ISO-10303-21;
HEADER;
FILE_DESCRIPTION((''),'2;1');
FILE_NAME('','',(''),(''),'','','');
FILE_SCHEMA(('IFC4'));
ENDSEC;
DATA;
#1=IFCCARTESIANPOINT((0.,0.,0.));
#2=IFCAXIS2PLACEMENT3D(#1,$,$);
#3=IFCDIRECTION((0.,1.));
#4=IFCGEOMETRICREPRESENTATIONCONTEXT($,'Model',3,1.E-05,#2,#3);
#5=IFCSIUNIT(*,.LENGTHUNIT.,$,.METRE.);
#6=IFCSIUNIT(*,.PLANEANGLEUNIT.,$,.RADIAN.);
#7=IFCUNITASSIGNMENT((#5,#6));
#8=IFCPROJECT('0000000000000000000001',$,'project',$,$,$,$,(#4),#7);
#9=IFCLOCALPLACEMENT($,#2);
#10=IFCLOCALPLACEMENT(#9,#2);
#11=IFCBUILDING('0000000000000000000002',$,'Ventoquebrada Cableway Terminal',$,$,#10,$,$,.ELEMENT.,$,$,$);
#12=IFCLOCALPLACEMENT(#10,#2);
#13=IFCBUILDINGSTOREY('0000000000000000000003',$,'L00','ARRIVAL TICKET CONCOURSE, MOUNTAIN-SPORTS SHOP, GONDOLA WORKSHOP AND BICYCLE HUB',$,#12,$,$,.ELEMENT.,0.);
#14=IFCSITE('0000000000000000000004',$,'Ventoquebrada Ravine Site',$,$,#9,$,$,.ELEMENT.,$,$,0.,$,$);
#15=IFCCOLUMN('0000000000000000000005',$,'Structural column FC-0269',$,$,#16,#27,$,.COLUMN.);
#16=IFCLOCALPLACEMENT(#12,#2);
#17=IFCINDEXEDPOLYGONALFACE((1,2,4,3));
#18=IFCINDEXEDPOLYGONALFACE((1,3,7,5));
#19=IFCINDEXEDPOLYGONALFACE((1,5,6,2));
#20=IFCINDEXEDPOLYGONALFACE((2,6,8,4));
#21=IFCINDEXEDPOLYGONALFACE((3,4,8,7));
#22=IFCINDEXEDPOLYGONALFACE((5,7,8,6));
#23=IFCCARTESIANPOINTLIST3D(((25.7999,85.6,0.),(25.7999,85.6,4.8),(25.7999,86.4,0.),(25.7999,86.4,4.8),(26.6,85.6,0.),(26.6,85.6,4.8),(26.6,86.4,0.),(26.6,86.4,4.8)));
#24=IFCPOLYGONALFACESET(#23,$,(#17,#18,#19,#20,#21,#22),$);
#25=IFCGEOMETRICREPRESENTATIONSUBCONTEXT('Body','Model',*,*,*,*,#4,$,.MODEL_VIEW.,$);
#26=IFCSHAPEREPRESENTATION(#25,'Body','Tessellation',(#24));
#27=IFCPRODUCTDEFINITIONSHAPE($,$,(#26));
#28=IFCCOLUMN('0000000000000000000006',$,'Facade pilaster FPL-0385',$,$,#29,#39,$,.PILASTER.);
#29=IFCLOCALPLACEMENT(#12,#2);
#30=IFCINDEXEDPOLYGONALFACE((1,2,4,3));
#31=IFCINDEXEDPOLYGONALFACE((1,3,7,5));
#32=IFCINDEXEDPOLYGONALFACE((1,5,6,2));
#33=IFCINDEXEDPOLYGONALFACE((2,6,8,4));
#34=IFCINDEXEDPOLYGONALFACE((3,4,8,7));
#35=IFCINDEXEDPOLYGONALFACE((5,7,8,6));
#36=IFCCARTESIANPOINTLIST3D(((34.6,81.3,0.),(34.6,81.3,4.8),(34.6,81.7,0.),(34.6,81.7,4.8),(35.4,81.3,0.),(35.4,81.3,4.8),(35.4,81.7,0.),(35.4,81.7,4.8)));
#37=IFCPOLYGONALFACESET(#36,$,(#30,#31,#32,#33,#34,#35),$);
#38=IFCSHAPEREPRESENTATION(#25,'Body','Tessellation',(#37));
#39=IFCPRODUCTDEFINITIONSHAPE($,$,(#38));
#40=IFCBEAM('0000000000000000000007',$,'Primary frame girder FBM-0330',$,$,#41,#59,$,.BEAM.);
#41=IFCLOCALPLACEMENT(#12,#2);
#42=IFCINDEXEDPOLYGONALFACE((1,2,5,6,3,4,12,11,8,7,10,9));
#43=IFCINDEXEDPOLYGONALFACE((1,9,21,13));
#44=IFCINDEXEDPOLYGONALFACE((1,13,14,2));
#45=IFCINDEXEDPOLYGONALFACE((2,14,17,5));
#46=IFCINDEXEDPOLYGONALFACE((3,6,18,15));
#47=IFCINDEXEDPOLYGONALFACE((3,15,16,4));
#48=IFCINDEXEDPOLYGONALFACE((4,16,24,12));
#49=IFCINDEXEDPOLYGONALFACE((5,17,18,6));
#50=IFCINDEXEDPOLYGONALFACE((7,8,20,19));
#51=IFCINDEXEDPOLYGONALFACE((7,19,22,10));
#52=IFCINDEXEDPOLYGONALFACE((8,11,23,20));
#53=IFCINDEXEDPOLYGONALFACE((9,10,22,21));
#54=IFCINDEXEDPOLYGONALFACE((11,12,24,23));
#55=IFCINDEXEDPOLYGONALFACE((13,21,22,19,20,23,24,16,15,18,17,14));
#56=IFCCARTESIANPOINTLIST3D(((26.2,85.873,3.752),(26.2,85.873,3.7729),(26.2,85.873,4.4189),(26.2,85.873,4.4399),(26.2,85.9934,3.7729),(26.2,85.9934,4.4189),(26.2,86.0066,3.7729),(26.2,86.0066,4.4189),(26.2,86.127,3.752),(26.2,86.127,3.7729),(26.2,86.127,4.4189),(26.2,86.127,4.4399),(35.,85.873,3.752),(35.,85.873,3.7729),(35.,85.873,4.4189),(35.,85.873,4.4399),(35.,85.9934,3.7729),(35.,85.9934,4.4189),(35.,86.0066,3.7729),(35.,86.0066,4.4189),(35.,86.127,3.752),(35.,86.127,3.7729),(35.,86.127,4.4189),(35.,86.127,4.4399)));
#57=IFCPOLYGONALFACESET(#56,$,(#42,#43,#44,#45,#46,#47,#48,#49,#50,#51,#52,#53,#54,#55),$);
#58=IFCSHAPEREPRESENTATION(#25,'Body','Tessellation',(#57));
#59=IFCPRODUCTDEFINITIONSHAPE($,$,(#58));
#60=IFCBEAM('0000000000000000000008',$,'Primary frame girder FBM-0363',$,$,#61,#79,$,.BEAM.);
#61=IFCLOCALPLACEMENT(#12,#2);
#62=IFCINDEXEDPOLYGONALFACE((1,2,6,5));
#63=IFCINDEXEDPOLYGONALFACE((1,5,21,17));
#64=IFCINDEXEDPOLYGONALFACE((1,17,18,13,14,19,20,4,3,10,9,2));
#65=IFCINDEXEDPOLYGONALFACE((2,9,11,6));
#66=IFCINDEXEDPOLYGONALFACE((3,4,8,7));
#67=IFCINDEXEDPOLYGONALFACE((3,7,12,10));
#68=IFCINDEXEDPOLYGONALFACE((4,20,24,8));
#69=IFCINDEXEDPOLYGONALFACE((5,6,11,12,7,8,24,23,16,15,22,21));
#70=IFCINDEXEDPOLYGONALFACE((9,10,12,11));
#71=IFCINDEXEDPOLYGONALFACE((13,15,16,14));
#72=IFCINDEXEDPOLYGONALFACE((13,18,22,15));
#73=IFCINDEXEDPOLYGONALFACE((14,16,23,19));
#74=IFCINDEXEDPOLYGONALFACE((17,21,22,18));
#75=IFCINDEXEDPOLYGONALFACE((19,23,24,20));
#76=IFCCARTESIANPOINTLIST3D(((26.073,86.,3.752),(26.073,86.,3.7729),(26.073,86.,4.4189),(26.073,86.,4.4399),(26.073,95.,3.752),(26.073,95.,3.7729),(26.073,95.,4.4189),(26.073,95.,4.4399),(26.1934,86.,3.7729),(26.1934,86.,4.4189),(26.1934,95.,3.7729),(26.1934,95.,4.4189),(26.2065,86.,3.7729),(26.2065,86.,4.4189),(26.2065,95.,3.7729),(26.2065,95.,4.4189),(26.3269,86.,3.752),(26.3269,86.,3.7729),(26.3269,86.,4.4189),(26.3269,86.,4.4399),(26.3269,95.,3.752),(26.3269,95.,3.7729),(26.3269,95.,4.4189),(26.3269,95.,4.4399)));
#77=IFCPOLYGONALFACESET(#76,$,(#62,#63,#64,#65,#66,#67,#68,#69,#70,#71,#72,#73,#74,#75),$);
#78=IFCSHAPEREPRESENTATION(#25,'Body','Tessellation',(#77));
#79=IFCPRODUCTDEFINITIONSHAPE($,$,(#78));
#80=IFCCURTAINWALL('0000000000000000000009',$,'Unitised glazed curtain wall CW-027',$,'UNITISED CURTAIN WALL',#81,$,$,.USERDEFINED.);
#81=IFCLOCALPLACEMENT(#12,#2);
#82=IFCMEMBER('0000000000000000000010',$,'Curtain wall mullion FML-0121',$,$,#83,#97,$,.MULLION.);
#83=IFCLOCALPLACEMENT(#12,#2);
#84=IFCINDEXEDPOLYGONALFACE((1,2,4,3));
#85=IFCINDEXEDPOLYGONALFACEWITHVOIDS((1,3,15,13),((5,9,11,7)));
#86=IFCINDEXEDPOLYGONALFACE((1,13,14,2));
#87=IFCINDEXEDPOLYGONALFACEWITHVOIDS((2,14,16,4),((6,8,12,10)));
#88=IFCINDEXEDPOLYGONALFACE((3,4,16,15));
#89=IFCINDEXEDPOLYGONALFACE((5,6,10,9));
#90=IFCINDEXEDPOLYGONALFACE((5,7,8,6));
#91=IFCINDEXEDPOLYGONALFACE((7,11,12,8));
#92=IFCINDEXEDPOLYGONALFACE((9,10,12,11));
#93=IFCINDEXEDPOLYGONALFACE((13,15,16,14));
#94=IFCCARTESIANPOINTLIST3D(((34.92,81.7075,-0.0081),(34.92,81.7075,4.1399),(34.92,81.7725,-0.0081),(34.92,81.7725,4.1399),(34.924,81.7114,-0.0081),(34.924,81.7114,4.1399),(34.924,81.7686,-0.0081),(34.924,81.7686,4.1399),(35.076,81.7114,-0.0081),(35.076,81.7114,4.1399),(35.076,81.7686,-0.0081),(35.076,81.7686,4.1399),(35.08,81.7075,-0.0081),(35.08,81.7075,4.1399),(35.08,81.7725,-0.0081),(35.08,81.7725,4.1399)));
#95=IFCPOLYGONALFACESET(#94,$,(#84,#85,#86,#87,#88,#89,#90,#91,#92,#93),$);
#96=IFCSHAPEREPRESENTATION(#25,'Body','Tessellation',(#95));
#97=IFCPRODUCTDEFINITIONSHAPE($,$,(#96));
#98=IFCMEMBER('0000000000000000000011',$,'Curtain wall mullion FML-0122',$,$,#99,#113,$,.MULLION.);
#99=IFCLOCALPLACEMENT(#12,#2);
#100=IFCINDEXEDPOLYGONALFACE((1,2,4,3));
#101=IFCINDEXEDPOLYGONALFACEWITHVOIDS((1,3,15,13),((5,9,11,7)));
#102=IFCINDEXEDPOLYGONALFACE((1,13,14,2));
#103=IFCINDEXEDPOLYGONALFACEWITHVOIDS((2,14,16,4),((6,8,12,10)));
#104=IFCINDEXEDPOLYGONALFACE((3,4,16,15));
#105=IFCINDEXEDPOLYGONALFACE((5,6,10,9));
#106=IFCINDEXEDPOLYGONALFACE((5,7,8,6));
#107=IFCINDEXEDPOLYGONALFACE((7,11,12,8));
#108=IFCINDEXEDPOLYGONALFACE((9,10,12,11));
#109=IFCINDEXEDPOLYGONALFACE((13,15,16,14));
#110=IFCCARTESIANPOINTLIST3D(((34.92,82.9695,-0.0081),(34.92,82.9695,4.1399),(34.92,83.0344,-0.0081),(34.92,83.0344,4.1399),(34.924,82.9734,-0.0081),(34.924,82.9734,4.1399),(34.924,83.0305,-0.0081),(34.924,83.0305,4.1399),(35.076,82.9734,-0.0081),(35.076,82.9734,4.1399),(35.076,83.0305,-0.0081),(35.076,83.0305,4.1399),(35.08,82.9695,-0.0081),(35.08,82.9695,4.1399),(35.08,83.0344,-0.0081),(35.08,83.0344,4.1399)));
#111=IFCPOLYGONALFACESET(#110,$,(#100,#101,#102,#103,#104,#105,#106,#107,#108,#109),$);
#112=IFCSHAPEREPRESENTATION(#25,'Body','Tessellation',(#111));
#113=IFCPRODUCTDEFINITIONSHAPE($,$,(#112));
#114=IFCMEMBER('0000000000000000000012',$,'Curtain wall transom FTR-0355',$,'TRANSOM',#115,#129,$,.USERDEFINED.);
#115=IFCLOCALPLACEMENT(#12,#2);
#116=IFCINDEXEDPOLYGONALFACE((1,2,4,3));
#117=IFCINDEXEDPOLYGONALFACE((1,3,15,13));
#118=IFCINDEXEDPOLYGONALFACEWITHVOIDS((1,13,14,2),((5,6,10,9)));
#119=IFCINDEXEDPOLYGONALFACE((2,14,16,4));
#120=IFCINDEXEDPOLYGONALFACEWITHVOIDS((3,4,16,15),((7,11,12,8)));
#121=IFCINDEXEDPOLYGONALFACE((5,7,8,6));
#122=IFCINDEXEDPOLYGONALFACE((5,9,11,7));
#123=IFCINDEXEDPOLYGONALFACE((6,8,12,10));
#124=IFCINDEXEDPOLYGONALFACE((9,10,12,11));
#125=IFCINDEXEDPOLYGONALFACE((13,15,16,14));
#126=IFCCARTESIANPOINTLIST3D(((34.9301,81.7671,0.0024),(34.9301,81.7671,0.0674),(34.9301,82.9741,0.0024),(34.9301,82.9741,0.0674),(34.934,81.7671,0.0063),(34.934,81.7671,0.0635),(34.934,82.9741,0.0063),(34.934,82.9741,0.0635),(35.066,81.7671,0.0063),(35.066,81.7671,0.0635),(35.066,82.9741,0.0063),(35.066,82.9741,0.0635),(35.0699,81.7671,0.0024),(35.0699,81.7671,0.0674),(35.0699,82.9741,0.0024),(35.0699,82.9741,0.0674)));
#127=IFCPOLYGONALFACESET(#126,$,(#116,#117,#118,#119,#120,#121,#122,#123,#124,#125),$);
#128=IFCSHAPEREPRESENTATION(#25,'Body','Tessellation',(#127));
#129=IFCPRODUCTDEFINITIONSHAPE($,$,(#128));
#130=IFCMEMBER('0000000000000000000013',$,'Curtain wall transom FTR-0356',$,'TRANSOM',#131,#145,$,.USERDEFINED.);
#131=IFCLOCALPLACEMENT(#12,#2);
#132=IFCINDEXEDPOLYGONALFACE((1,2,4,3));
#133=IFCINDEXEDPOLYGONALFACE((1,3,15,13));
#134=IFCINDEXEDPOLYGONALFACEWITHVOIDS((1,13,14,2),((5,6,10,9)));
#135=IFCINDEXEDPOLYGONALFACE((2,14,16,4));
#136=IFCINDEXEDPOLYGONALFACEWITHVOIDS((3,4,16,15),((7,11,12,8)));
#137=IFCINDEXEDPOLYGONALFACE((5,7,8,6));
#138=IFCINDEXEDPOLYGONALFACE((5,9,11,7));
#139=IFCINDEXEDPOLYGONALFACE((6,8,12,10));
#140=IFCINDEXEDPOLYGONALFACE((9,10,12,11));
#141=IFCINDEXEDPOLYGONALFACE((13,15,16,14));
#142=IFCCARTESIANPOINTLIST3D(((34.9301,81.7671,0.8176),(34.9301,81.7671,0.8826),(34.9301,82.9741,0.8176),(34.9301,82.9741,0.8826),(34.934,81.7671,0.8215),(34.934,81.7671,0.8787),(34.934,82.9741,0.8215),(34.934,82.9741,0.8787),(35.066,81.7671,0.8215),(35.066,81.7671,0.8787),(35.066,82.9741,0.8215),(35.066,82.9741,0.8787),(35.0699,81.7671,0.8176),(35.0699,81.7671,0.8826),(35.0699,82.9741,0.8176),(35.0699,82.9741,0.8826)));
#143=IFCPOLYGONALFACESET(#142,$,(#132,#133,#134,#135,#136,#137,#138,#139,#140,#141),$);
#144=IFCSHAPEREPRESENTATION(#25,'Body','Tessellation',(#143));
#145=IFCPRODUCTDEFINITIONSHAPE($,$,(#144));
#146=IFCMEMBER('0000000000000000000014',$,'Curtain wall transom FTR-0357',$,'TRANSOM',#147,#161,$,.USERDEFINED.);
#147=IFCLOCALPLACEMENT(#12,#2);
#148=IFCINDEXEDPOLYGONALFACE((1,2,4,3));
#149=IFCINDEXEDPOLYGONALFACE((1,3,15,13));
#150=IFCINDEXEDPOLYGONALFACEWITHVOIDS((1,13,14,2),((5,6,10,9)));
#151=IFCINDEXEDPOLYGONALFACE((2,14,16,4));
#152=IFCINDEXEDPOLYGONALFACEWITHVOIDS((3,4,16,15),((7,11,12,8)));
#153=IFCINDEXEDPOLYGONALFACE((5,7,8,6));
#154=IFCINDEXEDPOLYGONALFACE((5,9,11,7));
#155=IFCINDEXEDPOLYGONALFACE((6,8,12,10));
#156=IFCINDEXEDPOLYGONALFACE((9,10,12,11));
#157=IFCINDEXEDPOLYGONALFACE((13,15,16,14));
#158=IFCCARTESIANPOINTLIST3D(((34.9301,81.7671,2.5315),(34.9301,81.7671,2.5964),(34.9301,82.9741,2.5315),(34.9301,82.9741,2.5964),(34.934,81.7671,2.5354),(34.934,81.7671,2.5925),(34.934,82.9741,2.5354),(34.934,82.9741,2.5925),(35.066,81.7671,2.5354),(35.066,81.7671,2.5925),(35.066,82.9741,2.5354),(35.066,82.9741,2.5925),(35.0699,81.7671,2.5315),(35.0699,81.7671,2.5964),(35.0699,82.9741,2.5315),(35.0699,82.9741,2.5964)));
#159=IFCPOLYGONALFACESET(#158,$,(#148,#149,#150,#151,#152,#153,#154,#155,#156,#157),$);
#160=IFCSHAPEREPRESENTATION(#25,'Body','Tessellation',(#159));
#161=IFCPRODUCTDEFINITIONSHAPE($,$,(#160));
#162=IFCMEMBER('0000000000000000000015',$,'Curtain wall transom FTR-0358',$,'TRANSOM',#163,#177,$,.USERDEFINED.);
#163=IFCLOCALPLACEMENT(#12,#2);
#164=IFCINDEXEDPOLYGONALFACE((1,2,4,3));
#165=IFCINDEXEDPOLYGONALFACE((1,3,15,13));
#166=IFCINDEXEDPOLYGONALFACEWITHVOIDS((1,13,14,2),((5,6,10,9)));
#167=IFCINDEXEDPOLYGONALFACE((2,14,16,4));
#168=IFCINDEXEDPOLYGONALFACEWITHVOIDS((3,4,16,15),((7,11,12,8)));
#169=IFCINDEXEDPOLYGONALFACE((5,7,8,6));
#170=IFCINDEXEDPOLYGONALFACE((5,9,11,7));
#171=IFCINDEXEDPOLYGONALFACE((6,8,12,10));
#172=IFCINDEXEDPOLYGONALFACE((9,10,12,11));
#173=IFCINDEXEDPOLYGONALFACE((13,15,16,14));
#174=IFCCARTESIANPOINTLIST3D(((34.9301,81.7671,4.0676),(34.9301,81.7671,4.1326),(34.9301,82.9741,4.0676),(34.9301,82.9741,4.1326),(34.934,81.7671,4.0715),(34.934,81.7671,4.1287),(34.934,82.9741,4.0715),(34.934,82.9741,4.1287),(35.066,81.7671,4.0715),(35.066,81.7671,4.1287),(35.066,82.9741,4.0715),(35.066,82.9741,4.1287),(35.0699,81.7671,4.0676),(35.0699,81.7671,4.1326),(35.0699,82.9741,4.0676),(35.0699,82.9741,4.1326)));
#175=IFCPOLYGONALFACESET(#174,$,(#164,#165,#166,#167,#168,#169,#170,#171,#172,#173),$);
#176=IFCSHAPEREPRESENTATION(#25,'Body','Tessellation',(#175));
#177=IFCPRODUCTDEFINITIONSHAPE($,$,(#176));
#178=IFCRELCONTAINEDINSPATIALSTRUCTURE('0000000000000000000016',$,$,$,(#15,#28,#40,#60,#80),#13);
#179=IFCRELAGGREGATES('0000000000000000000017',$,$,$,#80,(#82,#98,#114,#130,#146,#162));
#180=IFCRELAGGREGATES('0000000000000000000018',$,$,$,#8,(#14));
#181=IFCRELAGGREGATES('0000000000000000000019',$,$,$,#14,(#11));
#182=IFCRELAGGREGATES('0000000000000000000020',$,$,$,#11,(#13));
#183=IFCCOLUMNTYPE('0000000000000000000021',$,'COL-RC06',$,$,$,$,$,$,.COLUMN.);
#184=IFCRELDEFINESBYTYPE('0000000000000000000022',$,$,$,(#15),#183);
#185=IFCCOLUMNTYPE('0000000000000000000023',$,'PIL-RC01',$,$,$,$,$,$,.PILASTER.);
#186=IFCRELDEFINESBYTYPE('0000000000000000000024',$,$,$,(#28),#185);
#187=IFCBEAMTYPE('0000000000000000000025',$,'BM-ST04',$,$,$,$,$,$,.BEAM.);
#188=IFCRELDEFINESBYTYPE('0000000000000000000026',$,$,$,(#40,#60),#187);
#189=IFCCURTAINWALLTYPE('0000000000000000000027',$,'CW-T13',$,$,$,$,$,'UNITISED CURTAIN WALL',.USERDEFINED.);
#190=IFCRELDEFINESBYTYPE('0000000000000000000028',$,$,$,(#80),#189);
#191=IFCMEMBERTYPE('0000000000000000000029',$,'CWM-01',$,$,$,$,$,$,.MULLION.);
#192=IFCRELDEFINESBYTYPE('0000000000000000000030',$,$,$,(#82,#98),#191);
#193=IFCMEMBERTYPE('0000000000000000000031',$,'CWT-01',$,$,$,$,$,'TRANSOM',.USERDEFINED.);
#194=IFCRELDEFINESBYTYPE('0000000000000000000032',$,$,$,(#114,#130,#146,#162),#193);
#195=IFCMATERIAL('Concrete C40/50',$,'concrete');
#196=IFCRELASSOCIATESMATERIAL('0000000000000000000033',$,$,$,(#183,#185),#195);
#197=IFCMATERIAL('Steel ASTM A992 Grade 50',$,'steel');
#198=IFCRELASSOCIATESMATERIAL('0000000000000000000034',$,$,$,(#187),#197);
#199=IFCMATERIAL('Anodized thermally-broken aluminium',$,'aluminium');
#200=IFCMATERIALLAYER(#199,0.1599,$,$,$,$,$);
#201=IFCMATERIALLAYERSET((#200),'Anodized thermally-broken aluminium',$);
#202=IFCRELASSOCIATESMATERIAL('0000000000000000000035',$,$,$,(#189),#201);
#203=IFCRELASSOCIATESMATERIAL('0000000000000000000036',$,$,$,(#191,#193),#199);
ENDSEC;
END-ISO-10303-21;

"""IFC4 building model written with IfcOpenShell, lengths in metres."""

from ifc_helpers import new_model, si_unit, direction, frame, origin, origin_2d, place, context, subcontext, project, spatial, rectangle, hollow_rectangle, i_section, extrude, material, layer, layer_set, material_profile, profile_set, type_object, element, aggregate, save


model = new_model("IFC4")

# Units and contexts
model_context = context("Model", 3, precision=1e-05, world=origin(), true_north=direction((0.0, 1.0)))
body_context = subcontext(model_context, "Body", "Model", "MODEL_VIEW")
ifc_project = project(units=[si_unit("LENGTHUNIT", "METRE"), si_unit("PLANEANGLEUNIT", "RADIAN")], contexts=[model_context])

# Site, building, storey
site_placement = place(None, origin())
site = spatial("IfcSite", under=ifc_project, at=site_placement, Name="Ventoquebrada Ravine Site", CompositionType="ELEMENT", RefElevation=0.0)
building_placement = place(site_placement, origin())
building = spatial("IfcBuilding", under=site, at=building_placement, Name="Ventoquebrada Cableway Terminal", CompositionType="ELEMENT")
storey_placement = place(building_placement, origin())
storey = spatial("IfcBuildingStorey", under=building, at=storey_placement, Name="L00", Description="ARRIVAL TICKET CONCOURSE, MOUNTAIN-SPORTS SHOP, GONDOLA WORKSHOP AND BICYCLE HUB", CompositionType="ELEMENT", Elevation=0.0)

# Columns
ifc_material_1 = material(Name="Concrete C40/50", Category="concrete")
ifc_material_profile_1 = material_profile(ifc_material_1, rectangle(XDim=0.8, YDim=0.8, at=origin_2d()), Name="RC-COL-800X800")
ifc_profile_set_1 = profile_set([ifc_material_profile_1], Name="Concrete C40/50")
column_type_1 = type_object("IfcColumnType", Name="COL-RC06", PredefinedType="COLUMN", material=ifc_profile_set_1)
column_1_placement = place(storey_placement, frame((26.2, 86.0, 0.0), z_axis=(0.0, 0.0, 1.0), x_axis=(1.0, 0.0, 0.0)))
element("IfcColumn", 1, at=column_1_placement, inside=storey, type_object=column_type_1, Name="Structural column FC-0269", PredefinedType="COLUMN", context=body_context, shape_type="SweptSolid", body=[
    extrude(rectangle(XDim=0.8, YDim=0.8, at=origin_2d()), origin(), (0.0, 0.0, 1.0), 4.8),
])
ifc_material_profile_2 = material_profile(ifc_material_1, rectangle(XDim=0.3999, YDim=0.8, at=origin_2d()), Name="RC-PIL-400X800")
ifc_profile_set_2 = profile_set([ifc_material_profile_2], Name="Concrete C40/50")
column_type_2 = type_object("IfcColumnType", Name="PIL-RC01", PredefinedType="PILASTER", material=ifc_profile_set_2)
column_2_placement = place(storey_placement, frame((35.0, 81.5, 0.0), z_axis=(0.0, 0.0, 1.0), x_axis=(0.0, 1.0, 0.0)))
element("IfcColumn", 2, at=column_2_placement, inside=storey, type_object=column_type_2, Name="Facade pilaster FPL-0385", PredefinedType="PILASTER", context=body_context, shape_type="SweptSolid", body=[
    extrude(rectangle(XDim=0.3999, YDim=0.8, at=origin_2d()), origin(), (0.0, 0.0, 1.0), 4.8),
])

# Beams
ifc_material_2 = material(Name="Steel ASTM A992 Grade 50", Category="steel")
ifc_material_profile_3 = material_profile(ifc_material_2, i_section(OverallWidth=0.2539, OverallDepth=0.688, WebThickness=0.0132, FlangeThickness=0.021, at=origin_2d()), Name="W27X102")
ifc_profile_set_3 = profile_set([ifc_material_profile_3], Name="Steel ASTM A992 Grade 50")
beam_type_1 = type_object("IfcBeamType", Name="BM-ST04", PredefinedType="BEAM", material=ifc_profile_set_3)
beam_1_placement = place(storey_placement, frame((26.2, 86.0, 4.0959), z_axis=(1.0, 0.0, 0.0), x_axis=(0.0, 1.0, 0.0)))
element("IfcBeam", 3, at=beam_1_placement, inside=storey, type_object=beam_type_1, Name="Primary frame girder FBM-0330", PredefinedType="BEAM", context=body_context, shape_type="SweptSolid", body=[
    extrude(i_section(OverallWidth=0.2539, OverallDepth=0.688, WebThickness=0.0132, FlangeThickness=0.021, at=origin_2d()), origin(), (0.0, 0.0, 1.0), 8.8),
])
beam_2_placement = place(storey_placement, frame((26.2, 86.0, 4.0959), z_axis=(0.0, 1.0, 0.0), x_axis=(-1.0, 0.0, 0.0)))
element("IfcBeam", 4, at=beam_2_placement, inside=storey, type_object=beam_type_1, Name="Primary frame girder FBM-0363", PredefinedType="BEAM", context=body_context, shape_type="SweptSolid", body=[
    extrude(i_section(OverallWidth=0.2539, OverallDepth=0.688, WebThickness=0.0132, FlangeThickness=0.021, at=origin_2d()), origin(), (0.0, 0.0, 1.0), 9.0),
])

# Curtain wall, members
ifc_material_3 = material(Name="Anodized thermally-broken aluminium", Category="aluminium")
ifc_layer_1 = layer(ifc_material_3, 0.1599)
ifc_layer_set_1 = layer_set([ifc_layer_1], Name="Anodized thermally-broken aluminium")
curtain_wall_type = type_object("IfcCurtainWallType", Name="CW-T13", ElementType="UNITISED CURTAIN WALL", PredefinedType="USERDEFINED", material=ifc_layer_set_1)
curtain_wall_placement = place(storey_placement, origin())
curtain_wall = element("IfcCurtainWall", 5, at=curtain_wall_placement, inside=storey, type_object=curtain_wall_type, Name="Unitised glazed curtain wall CW-027", ObjectType="UNITISED CURTAIN WALL", PredefinedType="USERDEFINED")
ifc_material_profile_4 = material_profile(ifc_material_3, hollow_rectangle(XDim=0.0649, YDim=0.1599, WallThickness=0.0039, at=origin_2d()), Name="CW-MUL-65X160")
ifc_profile_set_4 = profile_set([ifc_material_profile_4], Name="Anodized thermally-broken aluminium")
member_type_1 = type_object("IfcMemberType", Name="CWM-01", PredefinedType="MULLION", material=ifc_profile_set_4)
member_1_placement = place(storey_placement, frame((35.0, 81.74, -0.0081), z_axis=(0.0, 0.0, 1.0), x_axis=(0.0, 1.0, 0.0)))
member_1 = element("IfcMember", 6, at=member_1_placement, type_object=member_type_1, Name="Curtain wall mullion FML-0121", PredefinedType="MULLION", context=body_context, shape_type="SweptSolid", body=[
    extrude(hollow_rectangle(XDim=0.0649, YDim=0.1599, WallThickness=0.0039, at=origin_2d()), origin(), (0.0, 0.0, 1.0), 4.1479),
])
member_2_placement = place(storey_placement, frame((35.0, 83.002, -0.0081), z_axis=(0.0, 0.0, 1.0), x_axis=(0.0, 1.0, 0.0)))
member_2 = element("IfcMember", 7, at=member_2_placement, type_object=member_type_1, Name="Curtain wall mullion FML-0122", PredefinedType="MULLION", context=body_context, shape_type="SweptSolid", body=[
    extrude(hollow_rectangle(XDim=0.0649, YDim=0.1599, WallThickness=0.0039, at=origin_2d()), origin(), (0.0, 0.0, 1.0), 4.1479),
])
ifc_material_profile_5 = material_profile(ifc_material_3, hollow_rectangle(XDim=0.0649, YDim=0.1399, WallThickness=0.0039, at=origin_2d()), Name="CW-TRN-65X140")
ifc_profile_set_5 = profile_set([ifc_material_profile_5], Name="Anodized thermally-broken aluminium")
member_type_2 = type_object("IfcMemberType", Name="CWT-01", ElementType="TRANSOM", PredefinedType="USERDEFINED", material=ifc_profile_set_5)
member_3_placement = place(storey_placement, frame((35.0, 81.7671, 0.0349), z_axis=(0.0, 1.0, 0.0), x_axis=(0.0, 0.0, 1.0)))
member_3 = element("IfcMember", 8, at=member_3_placement, type_object=member_type_2, Name="Curtain wall transom FTR-0355", ObjectType="TRANSOM", PredefinedType="USERDEFINED", context=body_context, shape_type="SweptSolid", body=[
    extrude(hollow_rectangle(XDim=0.0649, YDim=0.1399, WallThickness=0.0039, at=origin_2d()), origin(), (0.0, 0.0, 1.0), 1.207),
])
member_4_placement = place(storey_placement, frame((35.0, 81.7671, 0.8501), z_axis=(0.0, 1.0, 0.0), x_axis=(0.0, 0.0, 1.0)))
member_4 = element("IfcMember", 9, at=member_4_placement, type_object=member_type_2, Name="Curtain wall transom FTR-0356", ObjectType="TRANSOM", PredefinedType="USERDEFINED", context=body_context, shape_type="SweptSolid", body=[
    extrude(hollow_rectangle(XDim=0.0649, YDim=0.1399, WallThickness=0.0039, at=origin_2d()), origin(), (0.0, 0.0, 1.0), 1.207),
])
member_5_placement = place(storey_placement, frame((35.0, 81.7671, 2.564), z_axis=(0.0, 1.0, 0.0), x_axis=(0.0, 0.0, 1.0)))
member_5 = element("IfcMember", 10, at=member_5_placement, type_object=member_type_2, Name="Curtain wall transom FTR-0357", ObjectType="TRANSOM", PredefinedType="USERDEFINED", context=body_context, shape_type="SweptSolid", body=[
    extrude(hollow_rectangle(XDim=0.0649, YDim=0.1399, WallThickness=0.0039, at=origin_2d()), origin(), (0.0, 0.0, 1.0), 1.207),
])
member_6_placement = place(storey_placement, frame((35.0, 81.7671, 4.1001), z_axis=(0.0, 1.0, 0.0), x_axis=(0.0, 0.0, 1.0)))
member_6 = element("IfcMember", 11, at=member_6_placement, type_object=member_type_2, Name="Curtain wall transom FTR-0358", ObjectType="TRANSOM", PredefinedType="USERDEFINED", context=body_context, shape_type="SweptSolid", body=[
    extrude(hollow_rectangle(XDim=0.0649, YDim=0.1399, WallThickness=0.0039, at=origin_2d()), origin(), (0.0, 0.0, 1.0), 1.207),
])

aggregate(curtain_wall, [member_1, member_2, member_3, member_4, member_5, member_6])

save(model, "model.ifc")
